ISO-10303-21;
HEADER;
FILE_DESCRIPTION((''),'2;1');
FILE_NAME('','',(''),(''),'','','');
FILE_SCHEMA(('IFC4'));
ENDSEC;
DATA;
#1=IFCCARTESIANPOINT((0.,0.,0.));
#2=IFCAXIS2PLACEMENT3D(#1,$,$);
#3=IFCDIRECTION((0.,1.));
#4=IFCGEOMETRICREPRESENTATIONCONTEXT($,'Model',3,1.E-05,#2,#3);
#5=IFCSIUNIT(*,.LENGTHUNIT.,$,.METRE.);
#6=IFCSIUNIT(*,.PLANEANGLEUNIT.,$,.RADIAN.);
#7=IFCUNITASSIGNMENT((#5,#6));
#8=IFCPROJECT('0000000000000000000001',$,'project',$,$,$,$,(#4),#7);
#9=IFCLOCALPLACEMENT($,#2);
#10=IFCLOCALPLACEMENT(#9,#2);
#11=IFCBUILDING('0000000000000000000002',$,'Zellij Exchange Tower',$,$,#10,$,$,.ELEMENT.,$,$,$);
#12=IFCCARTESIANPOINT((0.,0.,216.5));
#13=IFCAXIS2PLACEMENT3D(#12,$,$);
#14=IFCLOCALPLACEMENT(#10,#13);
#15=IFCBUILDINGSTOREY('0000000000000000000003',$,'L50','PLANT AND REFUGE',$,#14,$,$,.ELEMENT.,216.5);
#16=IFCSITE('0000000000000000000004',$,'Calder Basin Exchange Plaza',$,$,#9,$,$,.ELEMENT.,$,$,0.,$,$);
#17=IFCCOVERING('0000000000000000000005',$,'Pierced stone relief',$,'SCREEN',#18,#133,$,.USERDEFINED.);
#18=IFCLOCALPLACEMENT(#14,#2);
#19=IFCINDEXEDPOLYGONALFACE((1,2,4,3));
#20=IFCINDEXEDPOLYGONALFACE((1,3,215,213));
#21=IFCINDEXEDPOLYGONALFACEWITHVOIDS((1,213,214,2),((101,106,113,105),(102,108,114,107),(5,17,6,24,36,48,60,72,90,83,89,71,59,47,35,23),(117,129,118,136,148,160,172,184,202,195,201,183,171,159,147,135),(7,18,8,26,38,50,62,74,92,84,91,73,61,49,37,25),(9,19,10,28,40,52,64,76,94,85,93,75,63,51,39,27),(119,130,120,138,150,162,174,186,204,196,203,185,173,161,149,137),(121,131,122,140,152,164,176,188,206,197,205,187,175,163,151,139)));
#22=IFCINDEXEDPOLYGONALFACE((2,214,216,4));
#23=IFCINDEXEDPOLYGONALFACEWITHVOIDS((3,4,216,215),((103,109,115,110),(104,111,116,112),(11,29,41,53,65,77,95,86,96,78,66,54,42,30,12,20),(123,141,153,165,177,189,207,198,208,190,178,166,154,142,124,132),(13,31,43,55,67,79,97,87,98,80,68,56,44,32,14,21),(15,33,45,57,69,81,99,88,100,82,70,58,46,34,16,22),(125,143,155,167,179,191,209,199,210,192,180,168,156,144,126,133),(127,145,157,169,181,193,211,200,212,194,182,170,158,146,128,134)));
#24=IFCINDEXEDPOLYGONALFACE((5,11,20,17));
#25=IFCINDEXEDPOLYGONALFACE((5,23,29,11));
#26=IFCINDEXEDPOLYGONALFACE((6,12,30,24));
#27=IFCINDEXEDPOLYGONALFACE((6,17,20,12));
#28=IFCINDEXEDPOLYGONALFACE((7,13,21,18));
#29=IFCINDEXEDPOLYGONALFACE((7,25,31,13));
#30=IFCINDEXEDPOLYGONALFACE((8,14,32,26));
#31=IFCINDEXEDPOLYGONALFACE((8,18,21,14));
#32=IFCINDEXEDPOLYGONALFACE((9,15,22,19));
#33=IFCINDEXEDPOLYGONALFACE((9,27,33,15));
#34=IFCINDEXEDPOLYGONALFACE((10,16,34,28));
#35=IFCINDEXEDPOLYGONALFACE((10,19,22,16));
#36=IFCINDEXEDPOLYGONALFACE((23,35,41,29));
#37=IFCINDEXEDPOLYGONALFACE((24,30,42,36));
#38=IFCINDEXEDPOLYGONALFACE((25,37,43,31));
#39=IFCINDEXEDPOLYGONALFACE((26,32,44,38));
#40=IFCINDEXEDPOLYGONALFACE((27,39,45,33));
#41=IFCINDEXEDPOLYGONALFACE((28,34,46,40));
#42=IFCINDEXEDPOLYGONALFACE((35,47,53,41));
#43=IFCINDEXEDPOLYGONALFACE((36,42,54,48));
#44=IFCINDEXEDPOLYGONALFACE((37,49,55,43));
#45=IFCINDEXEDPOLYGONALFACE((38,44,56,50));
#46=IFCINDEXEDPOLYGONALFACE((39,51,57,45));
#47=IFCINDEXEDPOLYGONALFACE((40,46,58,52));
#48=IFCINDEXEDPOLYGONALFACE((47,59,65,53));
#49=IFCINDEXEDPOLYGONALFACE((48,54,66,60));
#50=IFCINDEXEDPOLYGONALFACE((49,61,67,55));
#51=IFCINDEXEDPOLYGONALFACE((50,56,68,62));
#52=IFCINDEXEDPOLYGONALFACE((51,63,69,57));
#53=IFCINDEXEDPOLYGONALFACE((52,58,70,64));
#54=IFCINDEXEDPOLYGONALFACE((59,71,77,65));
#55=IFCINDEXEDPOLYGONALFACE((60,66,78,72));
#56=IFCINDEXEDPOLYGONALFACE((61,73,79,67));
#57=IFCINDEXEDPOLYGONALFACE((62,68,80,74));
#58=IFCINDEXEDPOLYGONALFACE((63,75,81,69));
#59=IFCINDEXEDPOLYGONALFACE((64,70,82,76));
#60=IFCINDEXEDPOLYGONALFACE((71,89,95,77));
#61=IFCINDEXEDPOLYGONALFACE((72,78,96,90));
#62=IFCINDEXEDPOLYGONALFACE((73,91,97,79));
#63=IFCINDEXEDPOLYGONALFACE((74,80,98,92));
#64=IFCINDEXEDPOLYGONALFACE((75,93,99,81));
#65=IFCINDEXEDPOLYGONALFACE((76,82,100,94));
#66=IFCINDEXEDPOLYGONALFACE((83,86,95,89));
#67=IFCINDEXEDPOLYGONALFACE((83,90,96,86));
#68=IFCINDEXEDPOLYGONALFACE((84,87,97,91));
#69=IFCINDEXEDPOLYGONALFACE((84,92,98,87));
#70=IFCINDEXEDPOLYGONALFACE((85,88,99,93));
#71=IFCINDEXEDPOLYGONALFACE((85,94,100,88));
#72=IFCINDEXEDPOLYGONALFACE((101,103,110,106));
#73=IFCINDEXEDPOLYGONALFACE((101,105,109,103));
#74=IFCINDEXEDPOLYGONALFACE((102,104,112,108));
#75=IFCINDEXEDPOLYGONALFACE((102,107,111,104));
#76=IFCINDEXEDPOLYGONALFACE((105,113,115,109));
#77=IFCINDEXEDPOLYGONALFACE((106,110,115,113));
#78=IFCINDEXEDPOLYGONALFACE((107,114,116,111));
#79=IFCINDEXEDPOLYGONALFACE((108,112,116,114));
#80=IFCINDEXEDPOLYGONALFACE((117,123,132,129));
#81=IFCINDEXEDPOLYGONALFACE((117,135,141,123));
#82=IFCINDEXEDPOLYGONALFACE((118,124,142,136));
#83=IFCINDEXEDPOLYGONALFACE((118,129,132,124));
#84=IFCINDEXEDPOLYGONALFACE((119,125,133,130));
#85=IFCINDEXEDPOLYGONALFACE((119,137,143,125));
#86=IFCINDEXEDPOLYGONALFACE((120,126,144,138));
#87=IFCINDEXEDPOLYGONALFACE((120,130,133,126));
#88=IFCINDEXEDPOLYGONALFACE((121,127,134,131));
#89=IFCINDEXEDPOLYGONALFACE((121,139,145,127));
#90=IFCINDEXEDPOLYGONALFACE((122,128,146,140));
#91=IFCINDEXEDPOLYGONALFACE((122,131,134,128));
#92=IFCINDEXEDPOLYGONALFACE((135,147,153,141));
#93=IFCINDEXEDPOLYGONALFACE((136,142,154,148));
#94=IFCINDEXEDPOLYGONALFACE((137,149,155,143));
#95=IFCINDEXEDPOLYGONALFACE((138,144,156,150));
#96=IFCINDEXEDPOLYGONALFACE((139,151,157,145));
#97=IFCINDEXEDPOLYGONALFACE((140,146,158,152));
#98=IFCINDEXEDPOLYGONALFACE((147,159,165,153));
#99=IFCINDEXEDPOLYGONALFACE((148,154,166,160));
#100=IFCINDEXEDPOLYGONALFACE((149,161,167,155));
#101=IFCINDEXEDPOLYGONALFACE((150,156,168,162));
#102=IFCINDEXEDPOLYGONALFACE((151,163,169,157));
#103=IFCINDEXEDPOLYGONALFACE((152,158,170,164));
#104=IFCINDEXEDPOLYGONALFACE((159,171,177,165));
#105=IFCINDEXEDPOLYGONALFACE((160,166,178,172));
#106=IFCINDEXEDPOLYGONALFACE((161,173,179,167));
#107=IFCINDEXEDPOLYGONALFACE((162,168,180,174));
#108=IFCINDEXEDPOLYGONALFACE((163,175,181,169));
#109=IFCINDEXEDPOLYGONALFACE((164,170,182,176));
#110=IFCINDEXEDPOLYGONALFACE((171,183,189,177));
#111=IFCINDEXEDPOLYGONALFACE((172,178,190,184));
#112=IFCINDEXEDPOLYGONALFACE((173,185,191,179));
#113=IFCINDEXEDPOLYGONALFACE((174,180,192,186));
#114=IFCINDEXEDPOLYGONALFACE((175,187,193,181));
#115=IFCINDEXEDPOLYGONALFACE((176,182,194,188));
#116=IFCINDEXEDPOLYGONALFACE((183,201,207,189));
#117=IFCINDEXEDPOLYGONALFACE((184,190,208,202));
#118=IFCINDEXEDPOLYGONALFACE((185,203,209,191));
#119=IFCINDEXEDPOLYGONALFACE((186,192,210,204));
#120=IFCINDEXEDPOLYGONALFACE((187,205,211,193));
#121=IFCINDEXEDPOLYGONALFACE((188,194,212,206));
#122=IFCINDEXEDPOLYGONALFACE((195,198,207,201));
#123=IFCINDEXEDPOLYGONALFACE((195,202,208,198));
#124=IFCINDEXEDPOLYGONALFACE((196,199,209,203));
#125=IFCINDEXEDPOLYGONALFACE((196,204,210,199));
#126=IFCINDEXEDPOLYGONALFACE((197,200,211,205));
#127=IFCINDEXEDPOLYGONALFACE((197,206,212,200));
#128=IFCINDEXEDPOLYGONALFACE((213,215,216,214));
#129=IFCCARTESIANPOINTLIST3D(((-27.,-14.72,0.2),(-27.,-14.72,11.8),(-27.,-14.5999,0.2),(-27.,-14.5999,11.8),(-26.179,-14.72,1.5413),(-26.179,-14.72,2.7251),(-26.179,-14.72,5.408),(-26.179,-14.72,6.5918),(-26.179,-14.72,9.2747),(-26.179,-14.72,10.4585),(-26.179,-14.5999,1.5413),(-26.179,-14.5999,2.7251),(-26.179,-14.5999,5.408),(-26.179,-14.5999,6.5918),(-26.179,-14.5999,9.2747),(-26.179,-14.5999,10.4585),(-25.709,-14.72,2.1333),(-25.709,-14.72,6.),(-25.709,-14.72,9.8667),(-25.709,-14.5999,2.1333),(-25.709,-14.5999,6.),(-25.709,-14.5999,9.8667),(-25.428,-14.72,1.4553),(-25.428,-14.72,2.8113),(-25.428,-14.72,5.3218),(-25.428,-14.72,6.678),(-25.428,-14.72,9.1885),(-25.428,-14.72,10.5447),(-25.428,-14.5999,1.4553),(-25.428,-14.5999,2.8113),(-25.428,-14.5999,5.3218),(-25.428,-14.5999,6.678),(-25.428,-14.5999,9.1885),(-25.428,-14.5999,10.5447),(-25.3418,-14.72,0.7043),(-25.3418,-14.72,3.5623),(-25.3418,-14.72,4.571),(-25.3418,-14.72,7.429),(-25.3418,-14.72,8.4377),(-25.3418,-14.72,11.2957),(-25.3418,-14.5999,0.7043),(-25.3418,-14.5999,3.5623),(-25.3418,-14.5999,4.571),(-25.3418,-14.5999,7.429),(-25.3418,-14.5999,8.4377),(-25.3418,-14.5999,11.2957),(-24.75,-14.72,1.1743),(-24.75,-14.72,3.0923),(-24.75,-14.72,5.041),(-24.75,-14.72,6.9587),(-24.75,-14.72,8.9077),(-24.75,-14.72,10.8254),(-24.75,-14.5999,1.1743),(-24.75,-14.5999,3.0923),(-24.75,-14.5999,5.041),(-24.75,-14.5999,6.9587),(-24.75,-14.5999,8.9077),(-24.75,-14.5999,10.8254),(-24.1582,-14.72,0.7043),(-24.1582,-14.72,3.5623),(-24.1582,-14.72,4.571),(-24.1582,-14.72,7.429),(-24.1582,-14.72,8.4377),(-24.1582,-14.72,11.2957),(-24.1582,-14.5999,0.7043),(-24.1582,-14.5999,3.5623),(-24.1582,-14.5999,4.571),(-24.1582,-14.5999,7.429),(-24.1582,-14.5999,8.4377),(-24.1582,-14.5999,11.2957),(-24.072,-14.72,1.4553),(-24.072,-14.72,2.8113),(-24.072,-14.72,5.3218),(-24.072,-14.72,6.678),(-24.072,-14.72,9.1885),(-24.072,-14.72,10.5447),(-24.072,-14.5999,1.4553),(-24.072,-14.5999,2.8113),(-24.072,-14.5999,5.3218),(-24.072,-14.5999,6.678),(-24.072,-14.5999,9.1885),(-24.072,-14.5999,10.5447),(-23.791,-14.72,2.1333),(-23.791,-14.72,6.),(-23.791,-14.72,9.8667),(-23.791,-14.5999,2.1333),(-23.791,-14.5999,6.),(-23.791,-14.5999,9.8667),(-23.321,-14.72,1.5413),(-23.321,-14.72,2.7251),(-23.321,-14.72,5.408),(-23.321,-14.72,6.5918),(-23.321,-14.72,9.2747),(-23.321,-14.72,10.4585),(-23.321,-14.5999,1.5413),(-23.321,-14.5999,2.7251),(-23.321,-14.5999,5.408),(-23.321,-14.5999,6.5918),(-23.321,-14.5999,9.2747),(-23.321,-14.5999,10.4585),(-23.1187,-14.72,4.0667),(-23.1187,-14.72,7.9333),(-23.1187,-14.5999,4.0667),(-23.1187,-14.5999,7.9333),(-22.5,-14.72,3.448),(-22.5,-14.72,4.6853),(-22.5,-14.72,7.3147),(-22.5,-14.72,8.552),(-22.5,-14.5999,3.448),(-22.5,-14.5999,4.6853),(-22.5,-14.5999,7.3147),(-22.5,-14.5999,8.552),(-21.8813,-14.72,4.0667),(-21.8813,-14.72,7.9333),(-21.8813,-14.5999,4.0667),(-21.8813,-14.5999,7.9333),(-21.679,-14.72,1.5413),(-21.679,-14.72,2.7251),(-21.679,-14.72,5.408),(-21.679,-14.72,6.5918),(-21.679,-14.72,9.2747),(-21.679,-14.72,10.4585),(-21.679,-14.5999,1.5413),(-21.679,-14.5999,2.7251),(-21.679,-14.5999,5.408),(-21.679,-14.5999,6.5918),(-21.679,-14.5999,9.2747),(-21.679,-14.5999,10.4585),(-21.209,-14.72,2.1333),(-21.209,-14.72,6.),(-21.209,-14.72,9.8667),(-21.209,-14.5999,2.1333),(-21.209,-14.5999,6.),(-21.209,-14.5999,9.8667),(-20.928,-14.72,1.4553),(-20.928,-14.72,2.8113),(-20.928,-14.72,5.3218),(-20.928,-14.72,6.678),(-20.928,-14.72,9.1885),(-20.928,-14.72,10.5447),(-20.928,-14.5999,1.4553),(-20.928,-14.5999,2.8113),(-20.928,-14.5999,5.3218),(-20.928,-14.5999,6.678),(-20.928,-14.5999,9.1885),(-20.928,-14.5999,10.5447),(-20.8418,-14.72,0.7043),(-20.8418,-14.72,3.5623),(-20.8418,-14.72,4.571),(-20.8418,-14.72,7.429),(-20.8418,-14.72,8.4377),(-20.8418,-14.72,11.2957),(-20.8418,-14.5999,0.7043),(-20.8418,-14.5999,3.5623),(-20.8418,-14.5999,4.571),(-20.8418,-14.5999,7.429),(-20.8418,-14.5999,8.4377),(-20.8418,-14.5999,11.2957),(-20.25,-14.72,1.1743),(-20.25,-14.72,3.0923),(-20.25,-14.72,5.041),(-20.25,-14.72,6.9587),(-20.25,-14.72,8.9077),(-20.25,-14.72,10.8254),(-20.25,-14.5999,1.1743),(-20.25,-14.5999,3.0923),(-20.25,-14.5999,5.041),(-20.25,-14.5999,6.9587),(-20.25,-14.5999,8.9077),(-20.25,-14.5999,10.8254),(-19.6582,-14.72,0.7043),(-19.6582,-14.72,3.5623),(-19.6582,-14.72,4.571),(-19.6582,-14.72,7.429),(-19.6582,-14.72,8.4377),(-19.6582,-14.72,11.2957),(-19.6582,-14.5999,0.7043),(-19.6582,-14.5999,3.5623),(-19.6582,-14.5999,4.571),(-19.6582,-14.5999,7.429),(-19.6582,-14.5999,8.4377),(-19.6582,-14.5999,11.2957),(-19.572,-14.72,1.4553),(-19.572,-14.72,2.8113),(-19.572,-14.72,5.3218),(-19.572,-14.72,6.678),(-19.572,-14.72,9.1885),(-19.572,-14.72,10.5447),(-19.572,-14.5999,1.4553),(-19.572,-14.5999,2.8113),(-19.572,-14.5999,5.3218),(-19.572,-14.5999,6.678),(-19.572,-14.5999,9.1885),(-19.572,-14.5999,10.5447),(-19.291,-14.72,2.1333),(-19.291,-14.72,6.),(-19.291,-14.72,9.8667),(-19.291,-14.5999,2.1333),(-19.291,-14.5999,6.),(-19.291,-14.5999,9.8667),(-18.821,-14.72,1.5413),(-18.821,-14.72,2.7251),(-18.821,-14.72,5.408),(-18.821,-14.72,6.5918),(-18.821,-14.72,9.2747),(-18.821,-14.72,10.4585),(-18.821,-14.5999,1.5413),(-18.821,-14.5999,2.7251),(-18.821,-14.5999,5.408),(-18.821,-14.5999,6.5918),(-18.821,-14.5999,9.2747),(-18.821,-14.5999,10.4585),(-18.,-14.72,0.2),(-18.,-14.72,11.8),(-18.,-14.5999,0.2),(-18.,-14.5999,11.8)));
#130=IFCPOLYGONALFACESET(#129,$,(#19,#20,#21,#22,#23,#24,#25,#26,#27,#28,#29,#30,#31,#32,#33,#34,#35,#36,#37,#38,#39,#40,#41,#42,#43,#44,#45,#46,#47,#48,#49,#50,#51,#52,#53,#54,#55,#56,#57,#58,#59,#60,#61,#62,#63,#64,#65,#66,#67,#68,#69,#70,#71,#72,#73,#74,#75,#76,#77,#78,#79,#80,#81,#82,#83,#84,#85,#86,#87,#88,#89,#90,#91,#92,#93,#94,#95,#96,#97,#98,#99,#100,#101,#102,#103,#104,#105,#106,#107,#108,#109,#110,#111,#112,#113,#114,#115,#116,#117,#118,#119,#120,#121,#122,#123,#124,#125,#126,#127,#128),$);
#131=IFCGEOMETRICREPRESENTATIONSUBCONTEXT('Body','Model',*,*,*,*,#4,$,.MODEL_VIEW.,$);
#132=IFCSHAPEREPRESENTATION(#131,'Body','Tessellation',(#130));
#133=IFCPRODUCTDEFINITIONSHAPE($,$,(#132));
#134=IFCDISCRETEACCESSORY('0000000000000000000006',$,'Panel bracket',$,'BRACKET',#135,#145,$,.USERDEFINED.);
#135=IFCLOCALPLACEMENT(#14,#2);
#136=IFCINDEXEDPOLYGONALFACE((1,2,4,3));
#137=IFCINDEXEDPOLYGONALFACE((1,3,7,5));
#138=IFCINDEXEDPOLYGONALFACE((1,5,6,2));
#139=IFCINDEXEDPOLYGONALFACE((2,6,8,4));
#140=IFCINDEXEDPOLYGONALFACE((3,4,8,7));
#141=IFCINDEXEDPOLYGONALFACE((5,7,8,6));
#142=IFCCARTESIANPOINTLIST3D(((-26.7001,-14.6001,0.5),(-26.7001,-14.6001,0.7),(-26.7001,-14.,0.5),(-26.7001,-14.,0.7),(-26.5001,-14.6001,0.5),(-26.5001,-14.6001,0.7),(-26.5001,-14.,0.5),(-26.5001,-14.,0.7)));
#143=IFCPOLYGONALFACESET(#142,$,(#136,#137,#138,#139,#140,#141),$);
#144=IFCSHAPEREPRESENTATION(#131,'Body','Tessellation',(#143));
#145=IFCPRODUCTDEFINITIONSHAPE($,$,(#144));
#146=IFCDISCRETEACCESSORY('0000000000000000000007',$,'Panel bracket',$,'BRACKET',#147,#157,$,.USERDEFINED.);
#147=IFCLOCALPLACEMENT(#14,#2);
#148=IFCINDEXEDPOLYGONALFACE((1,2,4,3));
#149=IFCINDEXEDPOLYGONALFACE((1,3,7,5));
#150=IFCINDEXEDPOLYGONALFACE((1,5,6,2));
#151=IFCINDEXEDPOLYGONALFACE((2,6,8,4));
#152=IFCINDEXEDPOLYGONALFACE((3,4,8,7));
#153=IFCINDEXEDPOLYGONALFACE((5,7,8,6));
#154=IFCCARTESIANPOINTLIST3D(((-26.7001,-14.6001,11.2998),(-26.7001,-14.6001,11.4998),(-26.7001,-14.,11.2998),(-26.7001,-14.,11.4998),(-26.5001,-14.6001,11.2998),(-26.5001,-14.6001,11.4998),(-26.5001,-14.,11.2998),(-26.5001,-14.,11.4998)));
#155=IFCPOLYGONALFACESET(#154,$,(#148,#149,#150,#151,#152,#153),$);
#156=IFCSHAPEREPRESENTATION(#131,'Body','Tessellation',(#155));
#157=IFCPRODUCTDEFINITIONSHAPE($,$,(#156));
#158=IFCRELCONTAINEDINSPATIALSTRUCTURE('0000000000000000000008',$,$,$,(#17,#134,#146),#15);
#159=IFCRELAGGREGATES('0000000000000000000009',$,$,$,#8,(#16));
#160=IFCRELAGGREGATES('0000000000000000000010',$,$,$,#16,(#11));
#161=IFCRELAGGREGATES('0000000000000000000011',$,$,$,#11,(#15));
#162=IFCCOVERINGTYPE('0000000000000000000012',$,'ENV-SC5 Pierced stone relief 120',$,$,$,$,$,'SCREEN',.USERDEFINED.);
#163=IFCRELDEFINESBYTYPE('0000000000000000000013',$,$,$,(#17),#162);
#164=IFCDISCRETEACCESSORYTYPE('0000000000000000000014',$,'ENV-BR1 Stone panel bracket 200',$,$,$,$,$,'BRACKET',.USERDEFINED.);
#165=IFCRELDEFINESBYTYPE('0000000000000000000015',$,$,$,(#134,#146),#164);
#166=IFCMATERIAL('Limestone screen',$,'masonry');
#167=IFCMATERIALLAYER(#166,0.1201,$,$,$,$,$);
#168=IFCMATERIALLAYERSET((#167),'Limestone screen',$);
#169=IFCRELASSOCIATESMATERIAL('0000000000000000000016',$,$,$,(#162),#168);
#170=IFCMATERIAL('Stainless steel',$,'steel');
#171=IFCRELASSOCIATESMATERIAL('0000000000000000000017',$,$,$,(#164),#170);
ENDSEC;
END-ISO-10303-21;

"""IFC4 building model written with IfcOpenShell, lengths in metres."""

from ifc_helpers import new_model, si_unit, direction, frame, origin, origin_2d, place, context, subcontext, project, spatial, polyline, rectangle, outline, extrude, material, layer, layer_set, type_object, element, save


model = new_model("IFC4")

# Units and contexts
model_context = context("Model", 3, precision=1e-05, world=origin(), true_north=direction((0.0, 1.0)))
body_context = subcontext(model_context, "Body", "Model", "MODEL_VIEW")
ifc_project = project(units=[si_unit("LENGTHUNIT", "METRE"), si_unit("PLANEANGLEUNIT", "RADIAN")], contexts=[model_context])

# Site, building, storey
site_placement = place(None, origin())
site = spatial("IfcSite", under=ifc_project, at=site_placement, Name="Calder Basin Exchange Plaza", CompositionType="ELEMENT", RefElevation=0.0)
building_placement = place(site_placement, origin())
building = spatial("IfcBuilding", under=site, at=building_placement, Name="Zellij Exchange Tower", CompositionType="ELEMENT")
storey_placement = place(building_placement, frame((0.0, 0.0, 216.5)))
storey = spatial("IfcBuildingStorey", under=building, at=storey_placement, Name="L50", Description="PLANT AND REFUGE", CompositionType="ELEMENT", Elevation=216.5)

# Shared definitions
ifc_material_1 = material(Name="Stainless steel", Category="steel")

# Covering
ifc_material_2 = material(Name="Limestone screen", Category="masonry")
ifc_layer_1 = layer(ifc_material_2, 0.1201)
ifc_layer_set_1 = layer_set([ifc_layer_1], Name="Limestone screen")
covering_type_1 = type_object("IfcCoveringType", Name="ENV-SC5 Pierced stone relief 120", ElementType="SCREEN", PredefinedType="USERDEFINED", material=ifc_layer_set_1)
covering_1_placement = place(storey_placement, frame((-27.0, -14.6599, 0.2), z_axis=(0.0, 0.0, 1.0), x_axis=(1.0, 0.0, 0.0)))
element("IfcCovering", 1, at=covering_1_placement, inside=storey, type_object=covering_type_1, Name="Pierced stone relief", ObjectType="SCREEN", PredefinedType="USERDEFINED", context=body_context, shape_type="SweptSolid", body=[
    extrude(outline(polyline([(0.0, 0.0), (9.0, 0.0), (9.0, 11.6001), (0.0, 11.6001), (0.0, 0.0)]), holes=[polyline([(3.679, 2.5251), (2.928, 2.6113), (2.8418, 3.3623), (2.25, 2.8923), (1.6582, 3.3623), (1.572, 2.6113), (0.821, 2.5251), (1.291, 1.9333), (0.821, 1.3413), (1.572, 1.2554), (1.6582, 0.5044), (2.25, 0.9744), (2.8418, 0.5044), (2.928, 1.2554), (3.679, 1.3413), (3.209, 1.9333), (3.679, 2.5251)]), polyline([(3.679, 6.3918), (2.928, 6.478), (2.8418, 7.229), (2.25, 6.7588), (1.6582, 7.229), (1.572, 6.478), (0.821, 6.3918), (1.291, 5.8), (0.821, 5.208), (1.572, 5.1218), (1.6582, 4.3711), (2.25, 4.8411), (2.8418, 4.3711), (2.928, 5.1218), (3.679, 5.208), (3.209, 5.8), (3.679, 6.3918)]), polyline([(3.679, 10.2585), (2.928, 10.3447), (2.8418, 11.0957), (2.25, 10.6255), (1.6582, 11.0957), (1.572, 10.3447), (0.821, 10.2585), (1.291, 9.6667), (0.821, 9.0747), (1.572, 8.9885), (1.6582, 8.2378), (2.25, 8.7078), (2.8418, 8.2378), (2.928, 8.9885), (3.679, 9.0747), (3.209, 9.6667), (3.679, 10.2585)]), polyline([(8.179, 2.5251), (7.428, 2.6113), (7.3418, 3.3623), (6.75, 2.8923), (6.1582, 3.3623), (6.072, 2.6113), (5.321, 2.5251), (5.791, 1.9333), (5.321, 1.3413), (6.072, 1.2554), (6.1582, 0.5044), (6.75, 0.9744), (7.3418, 0.5044), (7.428, 1.2554), (8.179, 1.3413), (7.709, 1.9333), (8.179, 2.5251)]), polyline([(8.179, 6.3918), (7.428, 6.478), (7.3418, 7.229), (6.75, 6.7588), (6.1582, 7.229), (6.072, 6.478), (5.321, 6.3918), (5.791, 5.8), (5.321, 5.208), (6.072, 5.1218), (6.1582, 4.3711), (6.75, 4.8411), (7.3418, 4.3711), (7.428, 5.1218), (8.179, 5.208), (7.709, 5.8), (8.179, 6.3918)]), polyline([(8.179, 10.2585), (7.428, 10.3447), (7.3418, 11.0957), (6.75, 10.6255), (6.1582, 11.0957), (6.072, 10.3447), (5.321, 10.2585), (5.791, 9.6667), (5.321, 9.0747), (6.072, 8.9885), (6.1582, 8.2378), (6.75, 8.7078), (7.3418, 8.2378), (7.428, 8.9885), (8.179, 9.0747), (7.709, 9.6667), (8.179, 10.2585)]), polyline([(5.1187, 3.8667), (4.5, 4.4854), (3.8813, 3.8667), (4.5, 3.248), (5.1187, 3.8667)]), polyline([(5.1187, 7.7334), (4.5, 8.3521), (3.8813, 7.7334), (4.5, 7.1147), (5.1187, 7.7334)])]), frame((0.0, 0.0601, 0.0), z_axis=(0.0, -1.0, 0.0), x_axis=(1.0, 0.0, 0.0)), (0.0, 0.0, 1.0), 0.1201),
])

# Discrete accessories
discrete_accessory_type = type_object("IfcDiscreteAccessoryType", Name="ENV-BR1 Stone panel bracket 200", ElementType="BRACKET", PredefinedType="USERDEFINED", material=ifc_material_1)
for number, where, z_axis, x_axis, name in (
    (2, (-26.6001, -14.3, 0.5), (0.0, 0.0, 1.0), (1.0, 0.0, 0.0), "Panel bracket"),
    (3, (-26.6001, -14.3, 11.2998), (0.0, 0.0, 1.0), (1.0, 0.0, 0.0), "Panel bracket"),
):
    element("IfcDiscreteAccessory", number, at=place(storey_placement, frame(where, z_axis=z_axis, x_axis=x_axis)), inside=storey, type_object=discrete_accessory_type, Name=name, ObjectType="BRACKET", PredefinedType="USERDEFINED", context=body_context, shape_type="SweptSolid", body=[
        extrude(rectangle(XDim=0.2, YDim=0.6001, at=origin_2d()), origin(), (0.0, 0.0, 1.0), 0.2),
    ])

save(model, "model.ifc")
